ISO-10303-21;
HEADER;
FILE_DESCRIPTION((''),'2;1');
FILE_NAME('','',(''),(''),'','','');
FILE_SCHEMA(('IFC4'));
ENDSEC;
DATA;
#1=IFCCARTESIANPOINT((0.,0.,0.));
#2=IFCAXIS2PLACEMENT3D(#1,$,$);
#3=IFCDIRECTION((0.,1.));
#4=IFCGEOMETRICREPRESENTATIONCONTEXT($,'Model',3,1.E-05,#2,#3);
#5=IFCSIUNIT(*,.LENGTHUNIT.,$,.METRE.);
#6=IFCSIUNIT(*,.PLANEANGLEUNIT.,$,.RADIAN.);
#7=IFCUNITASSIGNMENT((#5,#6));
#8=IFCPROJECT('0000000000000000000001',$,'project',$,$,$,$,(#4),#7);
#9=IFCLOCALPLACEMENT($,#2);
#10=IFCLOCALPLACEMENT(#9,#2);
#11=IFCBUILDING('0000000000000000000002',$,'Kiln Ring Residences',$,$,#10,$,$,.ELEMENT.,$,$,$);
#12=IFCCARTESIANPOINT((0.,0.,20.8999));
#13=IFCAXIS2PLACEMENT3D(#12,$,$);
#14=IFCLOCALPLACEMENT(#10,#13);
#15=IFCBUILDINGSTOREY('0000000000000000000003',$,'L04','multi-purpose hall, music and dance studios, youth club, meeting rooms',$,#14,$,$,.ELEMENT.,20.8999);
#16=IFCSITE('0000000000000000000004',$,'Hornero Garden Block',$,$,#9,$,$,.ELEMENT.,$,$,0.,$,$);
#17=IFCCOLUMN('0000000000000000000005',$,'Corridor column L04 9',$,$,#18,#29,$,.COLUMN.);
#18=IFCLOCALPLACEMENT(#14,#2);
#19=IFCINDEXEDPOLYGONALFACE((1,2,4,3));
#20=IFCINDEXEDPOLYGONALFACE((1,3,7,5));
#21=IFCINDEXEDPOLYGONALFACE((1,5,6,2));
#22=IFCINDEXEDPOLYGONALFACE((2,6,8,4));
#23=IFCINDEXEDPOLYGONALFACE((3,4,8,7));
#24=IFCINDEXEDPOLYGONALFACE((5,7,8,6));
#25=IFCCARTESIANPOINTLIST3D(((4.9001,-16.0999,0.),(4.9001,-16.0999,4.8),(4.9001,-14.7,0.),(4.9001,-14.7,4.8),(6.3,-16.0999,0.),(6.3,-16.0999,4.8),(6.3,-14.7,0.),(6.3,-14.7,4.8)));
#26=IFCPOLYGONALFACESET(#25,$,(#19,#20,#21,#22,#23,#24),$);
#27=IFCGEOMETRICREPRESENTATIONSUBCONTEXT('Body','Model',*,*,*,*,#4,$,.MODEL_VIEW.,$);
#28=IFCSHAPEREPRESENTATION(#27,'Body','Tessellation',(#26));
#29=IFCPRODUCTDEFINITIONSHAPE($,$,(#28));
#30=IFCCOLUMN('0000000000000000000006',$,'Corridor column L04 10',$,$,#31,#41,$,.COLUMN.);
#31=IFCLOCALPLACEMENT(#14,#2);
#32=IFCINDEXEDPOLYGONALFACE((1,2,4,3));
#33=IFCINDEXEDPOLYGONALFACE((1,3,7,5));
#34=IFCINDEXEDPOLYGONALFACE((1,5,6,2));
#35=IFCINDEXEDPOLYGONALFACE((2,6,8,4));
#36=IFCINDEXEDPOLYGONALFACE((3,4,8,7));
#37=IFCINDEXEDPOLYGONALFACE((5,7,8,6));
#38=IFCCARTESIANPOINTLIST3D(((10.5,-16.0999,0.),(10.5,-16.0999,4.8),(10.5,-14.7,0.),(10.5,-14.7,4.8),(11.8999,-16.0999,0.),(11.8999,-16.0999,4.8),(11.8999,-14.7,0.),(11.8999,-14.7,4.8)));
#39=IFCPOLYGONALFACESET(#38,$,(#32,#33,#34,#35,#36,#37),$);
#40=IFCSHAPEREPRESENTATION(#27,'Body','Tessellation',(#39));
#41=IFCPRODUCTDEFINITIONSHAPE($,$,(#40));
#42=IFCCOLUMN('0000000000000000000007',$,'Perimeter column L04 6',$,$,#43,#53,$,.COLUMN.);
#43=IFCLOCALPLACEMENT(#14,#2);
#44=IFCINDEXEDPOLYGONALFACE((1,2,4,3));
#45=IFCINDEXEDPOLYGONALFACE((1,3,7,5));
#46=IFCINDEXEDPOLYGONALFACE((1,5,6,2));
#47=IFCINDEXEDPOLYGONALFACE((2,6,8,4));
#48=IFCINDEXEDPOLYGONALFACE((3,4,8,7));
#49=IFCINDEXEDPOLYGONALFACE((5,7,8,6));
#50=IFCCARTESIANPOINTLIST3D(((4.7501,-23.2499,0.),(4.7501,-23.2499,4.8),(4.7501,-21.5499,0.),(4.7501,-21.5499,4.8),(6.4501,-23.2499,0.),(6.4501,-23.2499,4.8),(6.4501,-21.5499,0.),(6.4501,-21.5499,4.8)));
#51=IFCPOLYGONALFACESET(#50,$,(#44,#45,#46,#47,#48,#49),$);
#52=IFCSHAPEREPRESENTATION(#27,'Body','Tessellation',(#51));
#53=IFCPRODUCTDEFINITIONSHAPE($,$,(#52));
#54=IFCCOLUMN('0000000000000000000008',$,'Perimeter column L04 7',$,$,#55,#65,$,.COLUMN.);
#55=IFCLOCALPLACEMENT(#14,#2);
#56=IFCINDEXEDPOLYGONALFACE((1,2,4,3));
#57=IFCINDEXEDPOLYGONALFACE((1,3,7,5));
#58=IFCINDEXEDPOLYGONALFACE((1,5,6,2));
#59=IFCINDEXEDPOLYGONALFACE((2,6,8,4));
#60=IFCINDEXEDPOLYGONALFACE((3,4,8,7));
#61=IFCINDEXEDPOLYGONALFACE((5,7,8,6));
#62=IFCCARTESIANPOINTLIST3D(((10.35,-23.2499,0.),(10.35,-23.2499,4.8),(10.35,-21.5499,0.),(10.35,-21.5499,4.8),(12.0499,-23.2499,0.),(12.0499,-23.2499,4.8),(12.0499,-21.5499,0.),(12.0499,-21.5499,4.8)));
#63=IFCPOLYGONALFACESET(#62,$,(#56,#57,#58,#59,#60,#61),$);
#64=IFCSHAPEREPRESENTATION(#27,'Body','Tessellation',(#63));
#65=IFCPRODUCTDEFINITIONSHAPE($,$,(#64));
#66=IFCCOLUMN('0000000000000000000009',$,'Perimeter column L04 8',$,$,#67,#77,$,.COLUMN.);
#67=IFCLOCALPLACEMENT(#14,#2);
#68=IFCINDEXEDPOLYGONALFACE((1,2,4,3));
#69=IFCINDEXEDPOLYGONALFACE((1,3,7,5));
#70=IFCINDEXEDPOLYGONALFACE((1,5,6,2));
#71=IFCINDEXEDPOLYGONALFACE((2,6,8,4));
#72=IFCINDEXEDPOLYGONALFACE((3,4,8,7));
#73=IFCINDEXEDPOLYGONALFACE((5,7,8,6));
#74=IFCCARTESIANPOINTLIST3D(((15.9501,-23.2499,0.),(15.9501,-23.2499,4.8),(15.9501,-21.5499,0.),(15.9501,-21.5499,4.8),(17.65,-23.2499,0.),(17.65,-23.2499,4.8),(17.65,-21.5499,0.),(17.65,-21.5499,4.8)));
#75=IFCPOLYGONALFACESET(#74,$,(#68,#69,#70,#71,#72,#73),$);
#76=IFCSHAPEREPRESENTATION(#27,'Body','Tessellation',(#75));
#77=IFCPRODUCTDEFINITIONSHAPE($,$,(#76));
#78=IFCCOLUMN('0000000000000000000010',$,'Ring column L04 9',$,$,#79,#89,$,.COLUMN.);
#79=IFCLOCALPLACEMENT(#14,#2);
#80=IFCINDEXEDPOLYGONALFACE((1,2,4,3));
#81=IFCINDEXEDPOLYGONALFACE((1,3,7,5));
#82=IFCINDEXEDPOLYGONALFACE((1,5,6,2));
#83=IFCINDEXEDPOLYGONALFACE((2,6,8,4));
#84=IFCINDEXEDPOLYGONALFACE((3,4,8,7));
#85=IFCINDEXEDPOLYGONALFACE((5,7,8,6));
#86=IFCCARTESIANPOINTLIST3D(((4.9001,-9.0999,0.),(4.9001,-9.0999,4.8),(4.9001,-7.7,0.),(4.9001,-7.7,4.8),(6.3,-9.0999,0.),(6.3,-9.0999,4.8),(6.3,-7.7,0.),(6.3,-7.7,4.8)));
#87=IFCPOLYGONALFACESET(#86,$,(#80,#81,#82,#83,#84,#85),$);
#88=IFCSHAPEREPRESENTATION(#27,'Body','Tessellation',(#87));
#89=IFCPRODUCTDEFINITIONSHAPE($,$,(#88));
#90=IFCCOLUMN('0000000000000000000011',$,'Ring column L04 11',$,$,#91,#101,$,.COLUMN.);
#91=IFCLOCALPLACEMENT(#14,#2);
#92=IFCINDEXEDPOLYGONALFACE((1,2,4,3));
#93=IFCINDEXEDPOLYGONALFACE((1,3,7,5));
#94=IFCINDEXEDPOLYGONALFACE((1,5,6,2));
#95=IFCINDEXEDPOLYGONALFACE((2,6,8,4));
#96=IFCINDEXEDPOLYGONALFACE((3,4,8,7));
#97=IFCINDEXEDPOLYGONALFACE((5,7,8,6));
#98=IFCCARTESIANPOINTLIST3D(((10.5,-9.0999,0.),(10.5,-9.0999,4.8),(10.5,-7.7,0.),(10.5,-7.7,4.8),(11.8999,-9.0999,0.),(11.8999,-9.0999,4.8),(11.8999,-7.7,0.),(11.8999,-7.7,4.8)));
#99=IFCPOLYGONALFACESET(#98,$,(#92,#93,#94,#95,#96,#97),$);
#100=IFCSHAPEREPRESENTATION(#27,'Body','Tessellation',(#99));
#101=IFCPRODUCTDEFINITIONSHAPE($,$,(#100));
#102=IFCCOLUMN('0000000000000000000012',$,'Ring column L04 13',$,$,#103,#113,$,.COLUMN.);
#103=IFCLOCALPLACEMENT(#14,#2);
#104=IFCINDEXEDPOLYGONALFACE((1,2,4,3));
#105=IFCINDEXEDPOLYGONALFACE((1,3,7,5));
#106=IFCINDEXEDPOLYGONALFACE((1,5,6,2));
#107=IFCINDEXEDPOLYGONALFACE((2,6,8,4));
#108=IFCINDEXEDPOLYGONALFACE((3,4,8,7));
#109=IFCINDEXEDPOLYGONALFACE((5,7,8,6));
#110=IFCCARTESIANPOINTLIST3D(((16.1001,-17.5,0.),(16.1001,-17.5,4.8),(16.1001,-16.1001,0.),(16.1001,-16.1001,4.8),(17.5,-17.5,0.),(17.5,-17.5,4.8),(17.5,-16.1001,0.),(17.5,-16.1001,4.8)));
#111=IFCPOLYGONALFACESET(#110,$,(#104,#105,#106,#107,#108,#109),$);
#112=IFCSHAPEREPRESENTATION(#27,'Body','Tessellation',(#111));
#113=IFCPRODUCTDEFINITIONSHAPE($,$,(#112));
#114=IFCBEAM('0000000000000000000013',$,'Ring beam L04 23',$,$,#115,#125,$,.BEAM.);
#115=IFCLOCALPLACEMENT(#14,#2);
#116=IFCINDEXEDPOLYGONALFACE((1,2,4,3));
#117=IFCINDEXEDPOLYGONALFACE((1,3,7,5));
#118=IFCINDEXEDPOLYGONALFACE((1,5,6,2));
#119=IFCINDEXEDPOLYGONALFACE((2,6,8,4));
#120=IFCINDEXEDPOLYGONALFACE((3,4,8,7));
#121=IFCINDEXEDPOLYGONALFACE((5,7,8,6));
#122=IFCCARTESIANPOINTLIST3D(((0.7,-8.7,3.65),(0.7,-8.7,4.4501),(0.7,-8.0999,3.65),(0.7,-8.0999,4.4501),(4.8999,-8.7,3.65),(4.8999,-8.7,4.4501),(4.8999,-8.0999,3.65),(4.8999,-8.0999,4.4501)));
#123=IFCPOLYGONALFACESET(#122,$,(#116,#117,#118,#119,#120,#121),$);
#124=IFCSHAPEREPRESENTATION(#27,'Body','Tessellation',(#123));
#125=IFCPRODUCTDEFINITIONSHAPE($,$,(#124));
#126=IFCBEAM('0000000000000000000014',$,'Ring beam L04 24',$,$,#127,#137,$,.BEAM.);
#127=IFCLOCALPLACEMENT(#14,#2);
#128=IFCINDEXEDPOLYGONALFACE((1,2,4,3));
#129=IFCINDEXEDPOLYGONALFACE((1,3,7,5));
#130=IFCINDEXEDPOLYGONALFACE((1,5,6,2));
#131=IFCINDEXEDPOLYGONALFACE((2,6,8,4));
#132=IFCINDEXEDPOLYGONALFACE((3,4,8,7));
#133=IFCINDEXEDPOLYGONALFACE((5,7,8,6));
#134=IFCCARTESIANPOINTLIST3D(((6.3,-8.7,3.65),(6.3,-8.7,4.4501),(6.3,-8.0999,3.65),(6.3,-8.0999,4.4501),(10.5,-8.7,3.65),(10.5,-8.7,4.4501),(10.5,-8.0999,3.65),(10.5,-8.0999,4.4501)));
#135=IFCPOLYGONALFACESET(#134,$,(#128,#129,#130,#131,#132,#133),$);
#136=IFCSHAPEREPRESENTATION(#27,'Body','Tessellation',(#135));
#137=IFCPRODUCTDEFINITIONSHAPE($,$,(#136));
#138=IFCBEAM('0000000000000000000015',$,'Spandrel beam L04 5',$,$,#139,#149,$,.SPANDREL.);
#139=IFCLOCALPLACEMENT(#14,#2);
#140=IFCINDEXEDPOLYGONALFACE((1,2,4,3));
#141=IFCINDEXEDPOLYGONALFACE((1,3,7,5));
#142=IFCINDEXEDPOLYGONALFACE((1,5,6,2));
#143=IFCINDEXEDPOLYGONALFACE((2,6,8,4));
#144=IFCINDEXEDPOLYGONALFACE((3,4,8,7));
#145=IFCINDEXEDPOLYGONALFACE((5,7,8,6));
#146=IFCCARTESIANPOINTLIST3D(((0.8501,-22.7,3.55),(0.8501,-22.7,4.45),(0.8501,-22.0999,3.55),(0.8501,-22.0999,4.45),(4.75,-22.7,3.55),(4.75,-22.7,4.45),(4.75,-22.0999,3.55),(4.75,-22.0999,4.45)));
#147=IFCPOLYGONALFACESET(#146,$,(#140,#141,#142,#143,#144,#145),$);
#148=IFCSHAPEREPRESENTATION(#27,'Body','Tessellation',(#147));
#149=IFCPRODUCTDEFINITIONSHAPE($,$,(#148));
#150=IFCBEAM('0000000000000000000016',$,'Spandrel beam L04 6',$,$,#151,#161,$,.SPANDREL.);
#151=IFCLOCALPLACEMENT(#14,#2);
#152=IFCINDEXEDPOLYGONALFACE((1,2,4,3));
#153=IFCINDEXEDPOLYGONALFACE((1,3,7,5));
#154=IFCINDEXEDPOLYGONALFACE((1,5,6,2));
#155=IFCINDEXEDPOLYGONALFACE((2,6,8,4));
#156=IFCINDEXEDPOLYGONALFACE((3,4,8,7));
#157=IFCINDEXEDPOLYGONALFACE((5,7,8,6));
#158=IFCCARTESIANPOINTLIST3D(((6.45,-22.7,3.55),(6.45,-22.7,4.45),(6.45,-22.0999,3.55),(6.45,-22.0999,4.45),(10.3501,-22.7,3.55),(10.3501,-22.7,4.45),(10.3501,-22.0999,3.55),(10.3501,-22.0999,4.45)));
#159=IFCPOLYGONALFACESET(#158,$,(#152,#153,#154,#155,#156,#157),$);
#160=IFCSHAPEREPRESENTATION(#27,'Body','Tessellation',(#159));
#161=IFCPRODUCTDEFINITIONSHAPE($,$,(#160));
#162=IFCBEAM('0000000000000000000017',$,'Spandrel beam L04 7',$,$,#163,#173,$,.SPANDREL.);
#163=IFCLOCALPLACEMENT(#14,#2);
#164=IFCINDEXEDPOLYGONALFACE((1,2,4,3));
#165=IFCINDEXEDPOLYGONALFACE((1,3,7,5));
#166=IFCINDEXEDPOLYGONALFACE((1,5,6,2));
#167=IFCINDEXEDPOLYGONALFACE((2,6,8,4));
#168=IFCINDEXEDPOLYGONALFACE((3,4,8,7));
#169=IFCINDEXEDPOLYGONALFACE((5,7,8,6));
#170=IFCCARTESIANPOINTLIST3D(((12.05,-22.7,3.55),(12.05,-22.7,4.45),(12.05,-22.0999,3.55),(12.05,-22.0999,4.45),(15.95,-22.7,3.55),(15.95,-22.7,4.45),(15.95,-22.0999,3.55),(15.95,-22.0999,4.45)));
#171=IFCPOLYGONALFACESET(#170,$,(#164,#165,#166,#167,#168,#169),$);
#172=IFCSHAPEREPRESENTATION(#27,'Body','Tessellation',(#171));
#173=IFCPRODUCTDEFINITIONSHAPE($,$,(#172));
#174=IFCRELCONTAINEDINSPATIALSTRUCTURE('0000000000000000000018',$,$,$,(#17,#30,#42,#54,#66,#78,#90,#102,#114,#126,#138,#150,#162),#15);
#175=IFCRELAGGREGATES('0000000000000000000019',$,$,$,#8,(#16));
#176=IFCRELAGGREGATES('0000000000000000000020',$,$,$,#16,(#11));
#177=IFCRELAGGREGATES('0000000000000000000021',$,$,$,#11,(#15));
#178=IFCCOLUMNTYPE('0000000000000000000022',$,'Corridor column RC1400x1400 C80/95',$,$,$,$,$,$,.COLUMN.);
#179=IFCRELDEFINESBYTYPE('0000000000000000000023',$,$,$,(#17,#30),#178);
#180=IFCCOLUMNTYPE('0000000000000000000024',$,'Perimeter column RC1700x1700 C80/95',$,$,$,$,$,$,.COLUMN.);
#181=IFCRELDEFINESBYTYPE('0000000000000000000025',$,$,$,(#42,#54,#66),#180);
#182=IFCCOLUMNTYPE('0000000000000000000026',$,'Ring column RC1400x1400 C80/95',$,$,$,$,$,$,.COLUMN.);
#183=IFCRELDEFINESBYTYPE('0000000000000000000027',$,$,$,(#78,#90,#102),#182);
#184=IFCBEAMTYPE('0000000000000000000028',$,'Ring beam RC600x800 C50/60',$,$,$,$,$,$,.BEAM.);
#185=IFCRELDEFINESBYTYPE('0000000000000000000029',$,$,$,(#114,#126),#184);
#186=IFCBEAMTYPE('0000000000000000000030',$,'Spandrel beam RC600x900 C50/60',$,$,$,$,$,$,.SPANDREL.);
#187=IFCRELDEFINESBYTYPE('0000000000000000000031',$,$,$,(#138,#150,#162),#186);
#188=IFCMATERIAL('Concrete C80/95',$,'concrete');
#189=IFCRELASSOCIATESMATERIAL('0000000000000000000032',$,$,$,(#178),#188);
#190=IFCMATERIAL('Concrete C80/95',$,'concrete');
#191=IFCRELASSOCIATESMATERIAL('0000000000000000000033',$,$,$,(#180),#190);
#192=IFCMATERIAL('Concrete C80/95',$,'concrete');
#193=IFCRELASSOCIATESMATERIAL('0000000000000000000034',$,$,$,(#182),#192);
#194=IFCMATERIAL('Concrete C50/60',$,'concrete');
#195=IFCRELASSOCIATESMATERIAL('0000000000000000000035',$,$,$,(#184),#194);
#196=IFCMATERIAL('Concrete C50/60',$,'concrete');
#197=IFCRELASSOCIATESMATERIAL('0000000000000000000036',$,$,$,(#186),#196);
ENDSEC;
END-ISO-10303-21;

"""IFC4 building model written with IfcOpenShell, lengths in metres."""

from ifc_helpers import new_model, si_unit, direction, frame, origin, origin_2d, place, context, subcontext, project, spatial, rectangle, extrude, material, material_profile, profile_set, type_object, element, save


model = new_model("IFC4")

# Units and contexts
model_context = context("Model", 3, precision=1e-05, world=origin(), true_north=direction((0.0, 1.0)))
body_context = subcontext(model_context, "Body", "Model", "MODEL_VIEW")
ifc_project = project(units=[si_unit("LENGTHUNIT", "METRE"), si_unit("PLANEANGLEUNIT", "RADIAN")], contexts=[model_context])

# Site, building, storey
site_placement = place(None, origin())
site = spatial("IfcSite", under=ifc_project, at=site_placement, Name="Hornero Garden Block", CompositionType="ELEMENT", RefElevation=0.0)
building_placement = place(site_placement, origin())
building = spatial("IfcBuilding", under=site, at=building_placement, Name="Kiln Ring Residences", CompositionType="ELEMENT")
storey_placement = place(building_placement, frame((0.0, 0.0, 20.8999)))
storey = spatial("IfcBuildingStorey", under=building, at=storey_placement, Name="L04", Description="multi-purpose hall, music and dance studios, youth club, meeting rooms", CompositionType="ELEMENT", Elevation=20.8999)

# Columns
ifc_material_1 = material(Name="Concrete C80/95", Category="concrete")
ifc_material_profile_1 = material_profile(ifc_material_1, rectangle(XDim=1.3999, YDim=1.3999, at=origin_2d()), Name="RC1400x1400")
ifc_profile_set_1 = profile_set([ifc_material_profile_1], Name="Concrete C80/95")
column_type_1 = type_object("IfcColumnType", Name="Corridor column RC1400x1400 C80/95", PredefinedType="COLUMN", material=ifc_profile_set_1)
for number, where, z_axis, x_axis, name in (
    (1, (5.6001, -15.3999, 0.0), (0.0, 0.0, 1.0), (1.0, 0.0, 0.0), "Corridor column L04 9"),
    (2, (11.2, -15.3999, 0.0), (0.0, 0.0, 1.0), (1.0, 0.0, 0.0), "Corridor column L04 10"),
):
    element("IfcColumn", number, at=place(storey_placement, frame(where, z_axis=z_axis, x_axis=x_axis)), inside=storey, type_object=column_type_1, Name=name, PredefinedType="COLUMN", context=body_context, shape_type="SweptSolid", body=[
        extrude(rectangle(XDim=1.3999, YDim=1.3999, at=origin_2d()), origin(), (0.0, 0.0, 1.0), 4.8),
    ])
ifc_material_2 = material(Name="Concrete C80/95", Category="concrete")
ifc_material_profile_2 = material_profile(ifc_material_2, rectangle(XDim=1.7, YDim=1.7, at=origin_2d()), Name="RC1700x1700")
ifc_profile_set_2 = profile_set([ifc_material_profile_2], Name="Concrete C80/95")
column_type_2 = type_object("IfcColumnType", Name="Perimeter column RC1700x1700 C80/95", PredefinedType="COLUMN", material=ifc_profile_set_2)
for number, where, z_axis, x_axis, name in (
    (3, (5.6001, -22.3999, 0.0), (0.0, 0.0, 1.0), (1.0, 0.0, 0.0), "Perimeter column L04 6"),
    (4, (11.2, -22.3999, 0.0), (0.0, 0.0, 1.0), (1.0, 0.0, 0.0), "Perimeter column L04 7"),
    (5, (16.8, -22.3999, 0.0), (0.0, 0.0, 1.0), (1.0, 0.0, 0.0), "Perimeter column L04 8"),
):
    element("IfcColumn", number, at=place(storey_placement, frame(where, z_axis=z_axis, x_axis=x_axis)), inside=storey, type_object=column_type_2, Name=name, PredefinedType="COLUMN", context=body_context, shape_type="SweptSolid", body=[
        extrude(rectangle(XDim=1.7, YDim=1.7, at=origin_2d()), origin(), (0.0, 0.0, 1.0), 4.8),
    ])
ifc_material_3 = material(Name="Concrete C80/95", Category="concrete")
ifc_material_profile_3 = material_profile(ifc_material_3, rectangle(XDim=1.3999, YDim=1.3999, at=origin_2d()), Name="RC1400x1400")
ifc_profile_set_3 = profile_set([ifc_material_profile_3], Name="Concrete C80/95")
column_type_3 = type_object("IfcColumnType", Name="Ring column RC1400x1400 C80/95", PredefinedType="COLUMN", material=ifc_profile_set_3)
for number, where, z_axis, x_axis, name in (
    (6, (5.6001, -8.3999, 0.0), (0.0, 0.0, 1.0), (1.0, 0.0, 0.0), "Ring column L04 9"),
    (7, (11.2, -8.3999, 0.0), (0.0, 0.0, 1.0), (1.0, 0.0, 0.0), "Ring column L04 11"),
    (8, (16.8, -16.8, 0.0), (0.0, 0.0, 1.0), (1.0, 0.0, 0.0), "Ring column L04 13"),
):
    element("IfcColumn", number, at=place(storey_placement, frame(where, z_axis=z_axis, x_axis=x_axis)), inside=storey, type_object=column_type_3, Name=name, PredefinedType="COLUMN", context=body_context, shape_type="SweptSolid", body=[
        extrude(rectangle(XDim=1.3999, YDim=1.3999, at=origin_2d()), origin(), (0.0, 0.0, 1.0), 4.8),
    ])

# Beams
ifc_material_4 = material(Name="Concrete C50/60", Category="concrete")
ifc_material_profile_4 = material_profile(ifc_material_4, rectangle(XDim=0.6001, YDim=0.8, at=origin_2d()), Name="RC600x800")
ifc_profile_set_4 = profile_set([ifc_material_profile_4], Name="Concrete C50/60")
beam_type_1 = type_object("IfcBeamType", Name="Ring beam RC600x800 C50/60", PredefinedType="BEAM", material=ifc_profile_set_4)
for number, where, z_axis, x_axis, name in (
    (9, (0.7, -8.3999, 4.05), (1.0, 0.0, 0.0), (0.0, 1.0, 0.0), "Ring beam L04 23"),
    (10, (6.3, -8.3999, 4.05), (1.0, 0.0, 0.0), (0.0, 1.0, 0.0), "Ring beam L04 24"),
):
    element("IfcBeam", number, at=place(storey_placement, frame(where, z_axis=z_axis, x_axis=x_axis)), inside=storey, type_object=beam_type_1, Name=name, PredefinedType="BEAM", context=body_context, shape_type="SweptSolid", body=[
        extrude(rectangle(XDim=0.6001, YDim=0.8, at=origin_2d()), origin(), (0.0, 0.0, 1.0), 4.2),
    ])
ifc_material_5 = material(Name="Concrete C50/60", Category="concrete")
ifc_material_profile_5 = material_profile(ifc_material_5, rectangle(XDim=0.6001, YDim=0.8999, at=origin_2d()), Name="RC600x900")
ifc_profile_set_5 = profile_set([ifc_material_profile_5], Name="Concrete C50/60")
beam_type_2 = type_object("IfcBeamType", Name="Spandrel beam RC600x900 C50/60", PredefinedType="SPANDREL", material=ifc_profile_set_5)
beam_1_placement = place(storey_placement, frame((0.8501, -22.3999, 4.0), z_axis=(1.0, 0.0, 0.0), x_axis=(0.0, 1.0, 0.0)))
element("IfcBeam", 11, at=beam_1_placement, inside=storey, type_object=beam_type_2, Name="Spandrel beam L04 5", PredefinedType="SPANDREL", context=body_context, shape_type="SweptSolid", body=[
    extrude(rectangle(XDim=0.6001, YDim=0.8999, at=origin_2d()), origin(), (0.0, 0.0, 1.0), 3.8999),
])
beam_2_placement = place(storey_placement, frame((6.45, -22.3999, 4.0), z_axis=(1.0, 0.0, 0.0), x_axis=(0.0, 1.0, 0.0)))
element("IfcBeam", 12, at=beam_2_placement, inside=storey, type_object=beam_type_2, Name="Spandrel beam L04 6", PredefinedType="SPANDREL", context=body_context, shape_type="SweptSolid", body=[
    extrude(rectangle(XDim=0.6001, YDim=0.8999, at=origin_2d()), origin(), (0.0, 0.0, 1.0), 3.9001),
])
beam_3_placement = place(storey_placement, frame((12.05, -22.3999, 4.0), z_axis=(1.0, 0.0, 0.0), x_axis=(0.0, 1.0, 0.0)))
element("IfcBeam", 13, at=beam_3_placement, inside=storey, type_object=beam_type_2, Name="Spandrel beam L04 7", PredefinedType="SPANDREL", context=body_context, shape_type="SweptSolid", body=[
    extrude(rectangle(XDim=0.6001, YDim=0.8999, at=origin_2d()), origin(), (0.0, 0.0, 1.0), 3.8999),
])

save(model, "model.ifc")
